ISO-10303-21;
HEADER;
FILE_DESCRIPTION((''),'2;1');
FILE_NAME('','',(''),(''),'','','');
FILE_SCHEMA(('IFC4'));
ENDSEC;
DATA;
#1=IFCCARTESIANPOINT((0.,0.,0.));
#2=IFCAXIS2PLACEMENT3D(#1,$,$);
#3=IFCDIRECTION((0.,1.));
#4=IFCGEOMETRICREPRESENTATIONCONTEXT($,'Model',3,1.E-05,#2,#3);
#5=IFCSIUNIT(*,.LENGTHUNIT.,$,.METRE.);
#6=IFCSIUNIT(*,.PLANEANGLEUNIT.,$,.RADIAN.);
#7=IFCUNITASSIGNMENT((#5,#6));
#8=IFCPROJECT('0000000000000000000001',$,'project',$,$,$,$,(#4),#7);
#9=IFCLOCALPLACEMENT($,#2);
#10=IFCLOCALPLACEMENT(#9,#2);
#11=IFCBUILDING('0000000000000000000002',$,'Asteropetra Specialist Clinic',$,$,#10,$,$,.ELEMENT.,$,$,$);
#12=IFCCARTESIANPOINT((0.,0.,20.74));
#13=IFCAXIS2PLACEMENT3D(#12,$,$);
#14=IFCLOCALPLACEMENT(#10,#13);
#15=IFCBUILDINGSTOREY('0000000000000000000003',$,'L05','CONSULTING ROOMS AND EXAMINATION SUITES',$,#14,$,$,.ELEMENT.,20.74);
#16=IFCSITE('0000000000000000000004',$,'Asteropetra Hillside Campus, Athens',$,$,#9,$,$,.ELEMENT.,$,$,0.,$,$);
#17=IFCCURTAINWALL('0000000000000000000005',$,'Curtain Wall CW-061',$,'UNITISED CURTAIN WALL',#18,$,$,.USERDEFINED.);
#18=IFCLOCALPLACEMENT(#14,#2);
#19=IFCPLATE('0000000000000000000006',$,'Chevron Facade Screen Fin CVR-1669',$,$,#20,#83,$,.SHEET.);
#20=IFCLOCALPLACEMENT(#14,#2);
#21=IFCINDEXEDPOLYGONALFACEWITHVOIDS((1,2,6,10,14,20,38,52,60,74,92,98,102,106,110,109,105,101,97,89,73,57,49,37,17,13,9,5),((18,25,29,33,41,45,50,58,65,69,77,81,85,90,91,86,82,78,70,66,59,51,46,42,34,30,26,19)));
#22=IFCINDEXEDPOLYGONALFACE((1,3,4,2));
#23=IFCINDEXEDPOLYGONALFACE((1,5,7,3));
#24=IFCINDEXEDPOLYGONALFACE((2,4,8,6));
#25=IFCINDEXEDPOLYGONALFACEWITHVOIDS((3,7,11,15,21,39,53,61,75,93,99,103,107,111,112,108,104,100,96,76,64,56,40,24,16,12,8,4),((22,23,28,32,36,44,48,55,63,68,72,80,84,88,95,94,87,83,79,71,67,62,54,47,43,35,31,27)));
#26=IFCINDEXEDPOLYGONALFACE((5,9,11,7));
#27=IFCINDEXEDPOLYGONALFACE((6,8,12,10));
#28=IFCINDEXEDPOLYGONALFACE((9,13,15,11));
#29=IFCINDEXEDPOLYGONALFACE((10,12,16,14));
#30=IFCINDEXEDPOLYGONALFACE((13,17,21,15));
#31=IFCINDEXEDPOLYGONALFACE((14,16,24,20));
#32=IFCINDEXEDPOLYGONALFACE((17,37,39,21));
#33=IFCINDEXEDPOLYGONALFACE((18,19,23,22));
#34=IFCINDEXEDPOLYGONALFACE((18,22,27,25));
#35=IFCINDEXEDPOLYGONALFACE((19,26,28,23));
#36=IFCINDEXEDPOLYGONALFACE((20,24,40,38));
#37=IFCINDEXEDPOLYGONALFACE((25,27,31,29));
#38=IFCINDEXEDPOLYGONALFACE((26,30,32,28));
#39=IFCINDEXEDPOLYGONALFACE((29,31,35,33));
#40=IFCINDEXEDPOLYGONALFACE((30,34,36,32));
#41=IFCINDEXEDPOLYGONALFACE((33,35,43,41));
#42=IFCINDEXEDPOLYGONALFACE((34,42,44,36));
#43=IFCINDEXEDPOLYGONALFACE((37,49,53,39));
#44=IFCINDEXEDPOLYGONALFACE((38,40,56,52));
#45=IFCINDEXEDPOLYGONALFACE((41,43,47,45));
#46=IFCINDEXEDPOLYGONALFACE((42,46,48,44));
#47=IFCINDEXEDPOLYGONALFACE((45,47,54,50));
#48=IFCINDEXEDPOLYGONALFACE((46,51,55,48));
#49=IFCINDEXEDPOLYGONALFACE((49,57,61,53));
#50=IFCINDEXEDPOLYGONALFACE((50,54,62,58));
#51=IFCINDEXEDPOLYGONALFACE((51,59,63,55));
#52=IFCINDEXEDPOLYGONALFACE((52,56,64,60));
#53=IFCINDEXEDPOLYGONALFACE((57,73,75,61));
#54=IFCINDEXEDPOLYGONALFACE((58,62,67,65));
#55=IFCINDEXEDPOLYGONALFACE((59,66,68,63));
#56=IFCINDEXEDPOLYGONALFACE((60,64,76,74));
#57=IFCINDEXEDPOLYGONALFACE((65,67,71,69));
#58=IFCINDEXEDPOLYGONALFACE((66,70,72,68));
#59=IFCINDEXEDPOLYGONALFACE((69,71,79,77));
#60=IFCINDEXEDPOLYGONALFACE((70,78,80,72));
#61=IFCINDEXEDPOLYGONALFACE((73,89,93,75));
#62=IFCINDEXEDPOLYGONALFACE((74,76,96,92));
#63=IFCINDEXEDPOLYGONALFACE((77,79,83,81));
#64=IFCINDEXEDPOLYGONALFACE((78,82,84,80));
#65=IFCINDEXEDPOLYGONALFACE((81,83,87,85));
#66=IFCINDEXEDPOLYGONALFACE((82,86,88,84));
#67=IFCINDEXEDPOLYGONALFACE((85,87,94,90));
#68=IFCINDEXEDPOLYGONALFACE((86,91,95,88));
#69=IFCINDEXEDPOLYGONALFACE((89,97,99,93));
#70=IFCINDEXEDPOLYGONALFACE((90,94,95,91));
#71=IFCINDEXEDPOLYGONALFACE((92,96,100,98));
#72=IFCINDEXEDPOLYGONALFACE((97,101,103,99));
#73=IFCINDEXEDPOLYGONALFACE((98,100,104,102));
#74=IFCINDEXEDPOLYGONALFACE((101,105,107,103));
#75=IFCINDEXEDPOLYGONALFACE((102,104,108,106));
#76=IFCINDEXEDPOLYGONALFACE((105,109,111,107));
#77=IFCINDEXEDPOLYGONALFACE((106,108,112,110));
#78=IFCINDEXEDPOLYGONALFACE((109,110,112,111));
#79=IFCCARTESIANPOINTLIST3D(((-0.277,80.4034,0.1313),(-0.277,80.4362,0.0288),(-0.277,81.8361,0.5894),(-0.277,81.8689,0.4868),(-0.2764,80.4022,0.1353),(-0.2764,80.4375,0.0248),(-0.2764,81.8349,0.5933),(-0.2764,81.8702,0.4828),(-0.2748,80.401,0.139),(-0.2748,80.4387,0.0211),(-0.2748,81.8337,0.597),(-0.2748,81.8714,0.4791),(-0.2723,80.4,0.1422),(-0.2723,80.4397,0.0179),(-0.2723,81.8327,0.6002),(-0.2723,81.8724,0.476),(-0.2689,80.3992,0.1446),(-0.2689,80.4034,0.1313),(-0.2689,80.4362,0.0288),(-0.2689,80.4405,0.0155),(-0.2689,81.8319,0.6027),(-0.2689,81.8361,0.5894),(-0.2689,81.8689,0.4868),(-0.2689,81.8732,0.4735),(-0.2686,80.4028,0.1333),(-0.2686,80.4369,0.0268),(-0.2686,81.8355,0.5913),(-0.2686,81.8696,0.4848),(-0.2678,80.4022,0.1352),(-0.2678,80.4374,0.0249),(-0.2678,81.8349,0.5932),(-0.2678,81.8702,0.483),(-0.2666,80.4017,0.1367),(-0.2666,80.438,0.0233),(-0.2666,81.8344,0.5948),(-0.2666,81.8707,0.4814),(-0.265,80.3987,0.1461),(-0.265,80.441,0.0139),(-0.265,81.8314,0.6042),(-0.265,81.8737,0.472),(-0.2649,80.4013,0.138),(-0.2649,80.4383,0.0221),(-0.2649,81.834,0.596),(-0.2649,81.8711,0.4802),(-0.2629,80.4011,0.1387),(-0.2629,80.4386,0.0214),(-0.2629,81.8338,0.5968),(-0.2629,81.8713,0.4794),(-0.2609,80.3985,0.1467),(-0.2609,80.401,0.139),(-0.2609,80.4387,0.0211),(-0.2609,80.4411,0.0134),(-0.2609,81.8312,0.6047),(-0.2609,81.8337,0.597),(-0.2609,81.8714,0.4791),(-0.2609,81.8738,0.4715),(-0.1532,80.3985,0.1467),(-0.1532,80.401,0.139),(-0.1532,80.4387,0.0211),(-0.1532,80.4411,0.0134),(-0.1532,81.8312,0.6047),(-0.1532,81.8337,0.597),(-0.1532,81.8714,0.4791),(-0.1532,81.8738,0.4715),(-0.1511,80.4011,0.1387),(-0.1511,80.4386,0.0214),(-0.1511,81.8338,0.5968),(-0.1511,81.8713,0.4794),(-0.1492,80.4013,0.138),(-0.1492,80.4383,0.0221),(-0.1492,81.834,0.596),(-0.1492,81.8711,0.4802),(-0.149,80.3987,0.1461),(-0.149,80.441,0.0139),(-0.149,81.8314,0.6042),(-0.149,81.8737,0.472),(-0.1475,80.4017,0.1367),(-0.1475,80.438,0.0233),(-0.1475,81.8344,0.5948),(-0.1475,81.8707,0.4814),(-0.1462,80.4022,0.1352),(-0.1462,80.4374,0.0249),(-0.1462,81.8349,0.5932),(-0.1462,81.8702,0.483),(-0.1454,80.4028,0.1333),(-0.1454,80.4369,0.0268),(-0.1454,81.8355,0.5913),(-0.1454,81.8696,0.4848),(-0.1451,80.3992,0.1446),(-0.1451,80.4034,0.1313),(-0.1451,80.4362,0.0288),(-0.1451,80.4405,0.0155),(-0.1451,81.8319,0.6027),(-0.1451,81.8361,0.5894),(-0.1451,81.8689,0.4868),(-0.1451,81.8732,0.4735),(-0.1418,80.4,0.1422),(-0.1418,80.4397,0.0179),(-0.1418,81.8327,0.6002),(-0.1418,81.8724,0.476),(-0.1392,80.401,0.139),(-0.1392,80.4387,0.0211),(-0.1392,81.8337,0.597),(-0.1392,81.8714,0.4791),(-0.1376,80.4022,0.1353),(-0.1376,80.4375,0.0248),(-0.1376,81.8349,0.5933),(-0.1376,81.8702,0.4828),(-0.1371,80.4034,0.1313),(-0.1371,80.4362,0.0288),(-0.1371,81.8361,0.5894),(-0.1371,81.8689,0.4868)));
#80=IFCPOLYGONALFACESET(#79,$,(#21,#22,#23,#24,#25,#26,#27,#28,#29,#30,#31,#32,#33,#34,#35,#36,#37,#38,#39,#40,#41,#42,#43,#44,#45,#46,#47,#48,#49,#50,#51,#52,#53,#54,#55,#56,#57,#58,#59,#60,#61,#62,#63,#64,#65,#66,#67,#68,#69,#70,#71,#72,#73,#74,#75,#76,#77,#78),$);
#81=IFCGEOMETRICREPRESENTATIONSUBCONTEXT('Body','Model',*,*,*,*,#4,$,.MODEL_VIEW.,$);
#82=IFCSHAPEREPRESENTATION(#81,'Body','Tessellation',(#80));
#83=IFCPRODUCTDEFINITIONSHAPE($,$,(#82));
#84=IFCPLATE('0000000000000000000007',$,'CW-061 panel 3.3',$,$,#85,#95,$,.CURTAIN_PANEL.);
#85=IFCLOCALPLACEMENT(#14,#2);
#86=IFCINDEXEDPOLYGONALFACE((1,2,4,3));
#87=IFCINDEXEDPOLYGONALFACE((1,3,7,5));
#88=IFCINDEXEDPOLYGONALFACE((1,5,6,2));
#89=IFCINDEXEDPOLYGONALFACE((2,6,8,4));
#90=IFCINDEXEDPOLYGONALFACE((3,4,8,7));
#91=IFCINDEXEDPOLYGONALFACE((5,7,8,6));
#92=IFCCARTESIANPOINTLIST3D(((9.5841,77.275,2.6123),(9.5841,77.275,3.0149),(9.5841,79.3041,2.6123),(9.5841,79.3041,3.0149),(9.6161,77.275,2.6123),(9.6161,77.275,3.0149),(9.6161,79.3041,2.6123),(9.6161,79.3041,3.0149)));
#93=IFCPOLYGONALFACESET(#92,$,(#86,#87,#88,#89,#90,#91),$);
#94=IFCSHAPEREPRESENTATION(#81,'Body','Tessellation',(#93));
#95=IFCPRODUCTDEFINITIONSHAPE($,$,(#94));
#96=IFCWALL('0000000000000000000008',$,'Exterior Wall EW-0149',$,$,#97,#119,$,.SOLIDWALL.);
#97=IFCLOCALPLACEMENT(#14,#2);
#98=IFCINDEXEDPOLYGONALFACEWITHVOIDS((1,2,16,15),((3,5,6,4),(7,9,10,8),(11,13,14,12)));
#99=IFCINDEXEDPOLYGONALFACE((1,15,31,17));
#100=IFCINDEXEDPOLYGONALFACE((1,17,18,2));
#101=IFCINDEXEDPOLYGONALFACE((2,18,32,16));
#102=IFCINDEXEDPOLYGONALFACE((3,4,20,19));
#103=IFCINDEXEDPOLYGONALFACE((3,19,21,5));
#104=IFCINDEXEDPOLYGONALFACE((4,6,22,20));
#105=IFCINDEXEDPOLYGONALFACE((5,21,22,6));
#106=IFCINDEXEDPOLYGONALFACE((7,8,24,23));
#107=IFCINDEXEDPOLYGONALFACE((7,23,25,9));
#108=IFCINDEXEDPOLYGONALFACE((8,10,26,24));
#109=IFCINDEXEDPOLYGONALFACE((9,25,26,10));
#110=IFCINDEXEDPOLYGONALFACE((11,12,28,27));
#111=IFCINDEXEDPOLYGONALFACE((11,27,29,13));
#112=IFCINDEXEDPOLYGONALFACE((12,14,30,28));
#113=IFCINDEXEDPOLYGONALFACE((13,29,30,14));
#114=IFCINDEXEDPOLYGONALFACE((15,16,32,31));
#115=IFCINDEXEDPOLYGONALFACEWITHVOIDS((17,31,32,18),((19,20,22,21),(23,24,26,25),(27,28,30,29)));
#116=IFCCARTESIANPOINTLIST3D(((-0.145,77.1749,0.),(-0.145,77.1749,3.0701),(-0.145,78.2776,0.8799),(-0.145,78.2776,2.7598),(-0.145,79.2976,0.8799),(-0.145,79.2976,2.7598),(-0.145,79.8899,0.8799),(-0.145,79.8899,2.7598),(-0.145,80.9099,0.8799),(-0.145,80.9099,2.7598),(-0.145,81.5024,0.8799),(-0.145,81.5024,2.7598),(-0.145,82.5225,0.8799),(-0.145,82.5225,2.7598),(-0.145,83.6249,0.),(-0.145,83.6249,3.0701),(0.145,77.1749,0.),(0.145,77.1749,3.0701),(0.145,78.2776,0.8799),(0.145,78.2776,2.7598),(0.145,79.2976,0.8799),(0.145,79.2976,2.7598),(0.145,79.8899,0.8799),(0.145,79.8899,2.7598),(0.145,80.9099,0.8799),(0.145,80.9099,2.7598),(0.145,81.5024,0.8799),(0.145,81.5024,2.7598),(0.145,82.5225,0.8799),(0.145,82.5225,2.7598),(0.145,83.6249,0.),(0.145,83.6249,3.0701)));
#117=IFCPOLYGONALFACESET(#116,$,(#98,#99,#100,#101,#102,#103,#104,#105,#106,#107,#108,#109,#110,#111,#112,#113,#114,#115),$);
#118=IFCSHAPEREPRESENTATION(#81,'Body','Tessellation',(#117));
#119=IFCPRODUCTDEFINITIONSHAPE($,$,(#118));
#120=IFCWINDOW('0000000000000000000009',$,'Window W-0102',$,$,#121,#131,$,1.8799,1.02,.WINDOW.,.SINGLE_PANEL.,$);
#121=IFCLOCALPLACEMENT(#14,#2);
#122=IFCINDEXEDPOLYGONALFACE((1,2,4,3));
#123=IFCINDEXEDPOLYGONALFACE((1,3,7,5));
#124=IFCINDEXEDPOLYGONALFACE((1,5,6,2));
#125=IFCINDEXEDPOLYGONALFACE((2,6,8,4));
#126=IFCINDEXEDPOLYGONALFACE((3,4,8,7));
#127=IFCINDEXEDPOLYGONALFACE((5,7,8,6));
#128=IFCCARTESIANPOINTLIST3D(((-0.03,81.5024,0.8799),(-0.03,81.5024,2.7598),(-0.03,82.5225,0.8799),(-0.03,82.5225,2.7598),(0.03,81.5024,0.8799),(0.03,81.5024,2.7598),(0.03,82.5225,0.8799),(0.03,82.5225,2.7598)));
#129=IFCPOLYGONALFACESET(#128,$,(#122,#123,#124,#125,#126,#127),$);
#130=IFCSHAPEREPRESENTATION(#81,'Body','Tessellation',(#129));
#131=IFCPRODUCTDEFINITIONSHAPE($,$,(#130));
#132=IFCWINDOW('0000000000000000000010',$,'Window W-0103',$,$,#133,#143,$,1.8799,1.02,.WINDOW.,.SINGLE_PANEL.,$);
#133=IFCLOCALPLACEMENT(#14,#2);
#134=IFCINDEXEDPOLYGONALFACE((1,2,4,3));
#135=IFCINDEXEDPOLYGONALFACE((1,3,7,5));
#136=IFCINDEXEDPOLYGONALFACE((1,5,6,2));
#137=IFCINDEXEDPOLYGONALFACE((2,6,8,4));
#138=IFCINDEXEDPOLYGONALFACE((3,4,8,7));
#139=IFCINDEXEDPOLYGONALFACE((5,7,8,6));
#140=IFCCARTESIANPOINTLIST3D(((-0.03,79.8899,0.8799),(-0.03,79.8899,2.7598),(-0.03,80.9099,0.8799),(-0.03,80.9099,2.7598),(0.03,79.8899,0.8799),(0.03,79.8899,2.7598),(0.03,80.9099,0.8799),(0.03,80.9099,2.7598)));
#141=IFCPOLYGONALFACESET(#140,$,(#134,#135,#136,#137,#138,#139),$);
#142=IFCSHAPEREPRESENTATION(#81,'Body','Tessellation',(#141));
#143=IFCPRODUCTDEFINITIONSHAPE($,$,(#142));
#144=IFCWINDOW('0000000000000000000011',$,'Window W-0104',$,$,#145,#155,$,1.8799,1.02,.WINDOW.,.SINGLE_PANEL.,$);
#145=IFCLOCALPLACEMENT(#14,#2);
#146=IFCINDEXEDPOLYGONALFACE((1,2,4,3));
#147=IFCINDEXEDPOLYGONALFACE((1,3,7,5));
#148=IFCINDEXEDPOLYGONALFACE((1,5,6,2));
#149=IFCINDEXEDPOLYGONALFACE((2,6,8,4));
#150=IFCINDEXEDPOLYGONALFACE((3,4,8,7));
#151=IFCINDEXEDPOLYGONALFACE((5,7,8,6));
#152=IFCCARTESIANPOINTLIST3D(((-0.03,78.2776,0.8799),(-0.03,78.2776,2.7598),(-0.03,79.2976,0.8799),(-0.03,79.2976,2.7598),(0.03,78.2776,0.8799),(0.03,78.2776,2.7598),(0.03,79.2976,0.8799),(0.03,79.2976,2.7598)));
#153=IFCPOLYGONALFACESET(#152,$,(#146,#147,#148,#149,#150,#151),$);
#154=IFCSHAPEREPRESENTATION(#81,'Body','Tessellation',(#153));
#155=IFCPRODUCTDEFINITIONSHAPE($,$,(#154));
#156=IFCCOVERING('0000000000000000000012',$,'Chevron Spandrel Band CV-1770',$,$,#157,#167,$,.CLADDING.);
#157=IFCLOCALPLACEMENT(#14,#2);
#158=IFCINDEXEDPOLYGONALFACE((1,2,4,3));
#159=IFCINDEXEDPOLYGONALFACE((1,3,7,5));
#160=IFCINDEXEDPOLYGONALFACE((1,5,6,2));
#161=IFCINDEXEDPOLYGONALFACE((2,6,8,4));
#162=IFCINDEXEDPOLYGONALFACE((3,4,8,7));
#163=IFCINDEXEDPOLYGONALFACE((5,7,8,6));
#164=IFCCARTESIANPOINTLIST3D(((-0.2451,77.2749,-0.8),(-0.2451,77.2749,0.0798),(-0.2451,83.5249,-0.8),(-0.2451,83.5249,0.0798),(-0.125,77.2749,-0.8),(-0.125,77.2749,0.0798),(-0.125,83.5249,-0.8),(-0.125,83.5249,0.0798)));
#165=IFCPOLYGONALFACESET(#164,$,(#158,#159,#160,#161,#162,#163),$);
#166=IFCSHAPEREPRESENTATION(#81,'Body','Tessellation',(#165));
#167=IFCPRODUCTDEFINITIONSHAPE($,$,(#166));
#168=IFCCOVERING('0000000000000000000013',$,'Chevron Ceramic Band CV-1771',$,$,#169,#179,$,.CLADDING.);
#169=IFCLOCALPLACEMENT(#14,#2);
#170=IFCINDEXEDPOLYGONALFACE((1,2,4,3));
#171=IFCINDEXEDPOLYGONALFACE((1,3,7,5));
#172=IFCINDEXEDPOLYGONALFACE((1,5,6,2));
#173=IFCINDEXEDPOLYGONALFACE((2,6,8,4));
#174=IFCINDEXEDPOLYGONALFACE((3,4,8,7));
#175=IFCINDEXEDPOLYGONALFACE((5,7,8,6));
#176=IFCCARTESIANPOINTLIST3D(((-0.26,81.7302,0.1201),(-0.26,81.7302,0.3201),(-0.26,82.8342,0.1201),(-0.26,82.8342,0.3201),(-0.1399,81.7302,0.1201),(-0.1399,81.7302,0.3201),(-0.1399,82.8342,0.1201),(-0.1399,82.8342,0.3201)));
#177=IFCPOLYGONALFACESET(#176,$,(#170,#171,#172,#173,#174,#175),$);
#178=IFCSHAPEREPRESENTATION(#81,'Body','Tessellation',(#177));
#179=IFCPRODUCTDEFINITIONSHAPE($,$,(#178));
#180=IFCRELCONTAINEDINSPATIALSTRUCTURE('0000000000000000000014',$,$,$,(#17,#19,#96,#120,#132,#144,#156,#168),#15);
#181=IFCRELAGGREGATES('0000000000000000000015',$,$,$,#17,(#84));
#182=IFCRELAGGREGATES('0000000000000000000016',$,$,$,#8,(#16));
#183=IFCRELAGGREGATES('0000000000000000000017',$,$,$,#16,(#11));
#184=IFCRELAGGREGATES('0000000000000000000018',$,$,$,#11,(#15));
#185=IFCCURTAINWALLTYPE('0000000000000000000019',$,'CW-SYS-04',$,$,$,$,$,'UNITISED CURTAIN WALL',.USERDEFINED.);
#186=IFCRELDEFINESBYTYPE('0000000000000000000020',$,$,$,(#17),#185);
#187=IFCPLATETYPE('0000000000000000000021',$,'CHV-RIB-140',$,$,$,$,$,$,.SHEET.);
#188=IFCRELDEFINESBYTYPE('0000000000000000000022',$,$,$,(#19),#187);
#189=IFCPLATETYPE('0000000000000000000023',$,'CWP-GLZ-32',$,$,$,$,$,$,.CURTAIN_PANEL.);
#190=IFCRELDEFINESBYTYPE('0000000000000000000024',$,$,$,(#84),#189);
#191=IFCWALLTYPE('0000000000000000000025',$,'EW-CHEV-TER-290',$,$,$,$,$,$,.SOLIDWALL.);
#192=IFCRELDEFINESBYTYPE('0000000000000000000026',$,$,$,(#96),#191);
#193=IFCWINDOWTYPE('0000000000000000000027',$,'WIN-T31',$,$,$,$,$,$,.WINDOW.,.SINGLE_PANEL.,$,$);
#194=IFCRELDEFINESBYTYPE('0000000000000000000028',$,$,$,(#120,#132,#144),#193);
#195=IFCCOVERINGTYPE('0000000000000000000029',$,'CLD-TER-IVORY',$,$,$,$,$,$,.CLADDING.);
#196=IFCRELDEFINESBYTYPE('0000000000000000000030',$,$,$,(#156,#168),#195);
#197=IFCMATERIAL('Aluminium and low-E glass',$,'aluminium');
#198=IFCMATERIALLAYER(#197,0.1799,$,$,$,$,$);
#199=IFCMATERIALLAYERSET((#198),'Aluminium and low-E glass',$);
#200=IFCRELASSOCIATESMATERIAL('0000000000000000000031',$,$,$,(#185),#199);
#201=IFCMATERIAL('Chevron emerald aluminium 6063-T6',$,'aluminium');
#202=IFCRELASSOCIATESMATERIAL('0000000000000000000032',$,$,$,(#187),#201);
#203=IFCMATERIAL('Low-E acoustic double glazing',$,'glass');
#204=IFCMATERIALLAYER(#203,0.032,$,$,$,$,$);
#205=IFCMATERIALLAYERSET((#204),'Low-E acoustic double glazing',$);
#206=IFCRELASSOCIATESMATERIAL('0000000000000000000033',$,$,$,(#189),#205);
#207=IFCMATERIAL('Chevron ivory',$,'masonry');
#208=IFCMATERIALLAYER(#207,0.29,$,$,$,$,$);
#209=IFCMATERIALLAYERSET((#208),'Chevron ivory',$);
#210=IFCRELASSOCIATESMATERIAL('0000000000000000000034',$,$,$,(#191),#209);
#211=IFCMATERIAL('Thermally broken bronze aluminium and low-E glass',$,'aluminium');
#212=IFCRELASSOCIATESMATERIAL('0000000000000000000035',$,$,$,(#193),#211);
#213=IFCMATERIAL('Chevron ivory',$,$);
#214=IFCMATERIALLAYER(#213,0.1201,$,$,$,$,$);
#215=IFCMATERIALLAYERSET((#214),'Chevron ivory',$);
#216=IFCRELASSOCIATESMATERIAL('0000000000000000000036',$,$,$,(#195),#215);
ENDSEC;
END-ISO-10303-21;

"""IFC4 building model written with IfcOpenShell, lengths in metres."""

from ifc_helpers import new_model, si_unit, direction, frame, frame_2d, origin, origin_2d, place, context, subcontext, project, spatial, rectangle, hollow_rectangle, extrude, material, layer, layer_set, material_profile, profile_set, type_object, element, fill, aggregate, save


model = new_model("IFC4")

# Units and contexts
model_context = context("Model", 3, precision=1e-05, world=origin(), true_north=direction((0.0, 1.0)))
body_context = subcontext(model_context, "Body", "Model", "MODEL_VIEW")
ifc_project = project(units=[si_unit("LENGTHUNIT", "METRE"), si_unit("PLANEANGLEUNIT", "RADIAN")], contexts=[model_context])

# Site, building, storey
site_placement = place(None, origin())
site = spatial("IfcSite", under=ifc_project, at=site_placement, Name="Asteropetra Hillside Campus, Athens", CompositionType="ELEMENT", RefElevation=0.0)
building_placement = place(site_placement, origin())
building = spatial("IfcBuilding", under=site, at=building_placement, Name="Asteropetra Specialist Clinic", CompositionType="ELEMENT")
storey_placement = place(building_placement, frame((0.0, 0.0, 20.74)))
storey = spatial("IfcBuildingStorey", under=building, at=storey_placement, Name="L05", Description="CONSULTING ROOMS AND EXAMINATION SUITES", CompositionType="ELEMENT", Elevation=20.74)

# Curtain wall
ifc_material_1 = material(Name="Aluminium and low-E glass", Category="aluminium")
ifc_layer_1 = layer(ifc_material_1, 0.1799)
ifc_layer_set_1 = layer_set([ifc_layer_1], Name="Aluminium and low-E glass")
curtain_wall_type = type_object("IfcCurtainWallType", Name="CW-SYS-04", ElementType="UNITISED CURTAIN WALL", PredefinedType="USERDEFINED", material=ifc_layer_set_1)
curtain_wall_placement = place(storey_placement, origin())
curtain_wall = element("IfcCurtainWall", 1, at=curtain_wall_placement, inside=storey, type_object=curtain_wall_type, Name="Curtain Wall CW-061", ObjectType="UNITISED CURTAIN WALL", PredefinedType="USERDEFINED")

# Plate
ifc_material_2 = material(Name="Chevron emerald aluminium 6063-T6", Category="aluminium")
ifc_material_profile_1 = material_profile(ifc_material_2, hollow_rectangle(XDim=0.1399, YDim=0.1399, WallThickness=0.0081, InnerFilletRadius=0.0081, OuterFilletRadius=0.0161, at=origin_2d()), Name="SHS 140x140x8.0")
ifc_profile_set_1 = profile_set([ifc_material_profile_1], Name="Chevron emerald aluminium 6063-T6")
plate_type_1 = type_object("IfcPlateType", Name="CHV-RIB-140", PredefinedType="SHEET", material=ifc_profile_set_1)
plate_1_placement = place(storey_placement, frame((-0.207, 81.8525, 0.5381), z_axis=(0.0, -0.952507, -0.304517), x_axis=(1.0, 0.0, 0.0)))
element("IfcPlate", 2, at=plate_1_placement, inside=storey, type_object=plate_type_1, Name="Chevron Facade Screen Fin CVR-1669", PredefinedType="SHEET", context=body_context, shape_type="SweptSolid", body=[
    extrude(hollow_rectangle(XDim=0.1399, YDim=0.1399, WallThickness=0.0081, InnerFilletRadius=0.0081, OuterFilletRadius=0.0161, at=origin_2d()), origin(), (0.0, 0.0, 1.0), 1.5042),
])

# Plate
ifc_material_3 = material(Name="Low-E acoustic double glazing", Category="glass")
ifc_layer_2 = layer(ifc_material_3, 0.032)
ifc_layer_set_2 = layer_set([ifc_layer_2], Name="Low-E acoustic double glazing")
plate_type_2 = type_object("IfcPlateType", Name="CWP-GLZ-32", PredefinedType="CURTAIN_PANEL", material=ifc_layer_set_2)
plate_2_placement = place(storey_placement, frame((9.6001, 78.2896, 2.6123), z_axis=(0.0, 0.0, 1.0), x_axis=(0.0, -1.0, 0.0)))
plate_2 = element("IfcPlate", 3, at=plate_2_placement, type_object=plate_type_2, Name="CW-061 panel 3.3", PredefinedType="CURTAIN_PANEL", context=body_context, shape_type="SweptSolid", body=[
    extrude(rectangle(XDim=2.0291, YDim=0.032, at=origin_2d()), origin(), (0.0, 0.0, 1.0), 0.4026),
])
aggregate(curtain_wall, [plate_2])

# Wall, openings, windows
ifc_material_4 = material(Name="Chevron ivory", Category="masonry")
ifc_layer_3 = layer(ifc_material_4, 0.29)
ifc_layer_set_3 = layer_set([ifc_layer_3], Name="Chevron ivory")
wall_type = type_object("IfcWallType", Name="EW-CHEV-TER-290", PredefinedType="SOLIDWALL", material=ifc_layer_set_3)
wall_placement = place(storey_placement, frame((0.0, 83.625, 0.0), z_axis=(0.0, 0.0, 1.0), x_axis=(0.0, -1.0, 0.0)))
wall = element("IfcWall", 4, at=wall_placement, inside=storey, type_object=wall_type, Name="Exterior Wall EW-0149", PredefinedType="SOLIDWALL", context=body_context, shape_type="SweptSolid", body=[
    extrude(rectangle(XDim=6.45, YDim=0.29, at=frame_2d((3.2251, 0.0))), origin(), (0.0, 0.0, 1.0), 3.0701),
])
opening_1_placement = place(wall_placement, frame((1.1025, 0.0, 0.8799)))
opening_1 = element("IfcOpeningElement", 5, at=opening_1_placement, cuts=wall, PredefinedType="OPENING", context=body_context, shape_type="SweptSolid", body=[
    extrude(rectangle(XDim=1.02, YDim=1.8799, at=frame_2d((0.51, 0.9399))), frame((0.0, 0.155, 0.0), z_axis=(0.0, -1.0, 0.0), x_axis=(1.0, 0.0, 0.0)), (0.0, 0.0, 1.0), 0.3101),
])
opening_2_placement = place(wall_placement, frame((2.7151, 0.0, 0.8799)))
opening_2 = element("IfcOpeningElement", 6, at=opening_2_placement, cuts=wall, PredefinedType="OPENING", context=body_context, shape_type="SweptSolid", body=[
    extrude(rectangle(XDim=1.02, YDim=1.8799, at=frame_2d((0.51, 0.9399))), frame((0.0, 0.155, 0.0), z_axis=(0.0, -1.0, 0.0), x_axis=(1.0, 0.0, 0.0)), (0.0, 0.0, 1.0), 0.3101),
])
opening_3_placement = place(wall_placement, frame((4.3274, 0.0, 0.8799)))
opening_3 = element("IfcOpeningElement", 7, at=opening_3_placement, cuts=wall, PredefinedType="OPENING", context=body_context, shape_type="SweptSolid", body=[
    extrude(rectangle(XDim=1.02, YDim=1.8799, at=frame_2d((0.51, 0.9399))), frame((0.0, 0.155, 0.0), z_axis=(0.0, -1.0, 0.0), x_axis=(1.0, 0.0, 0.0)), (0.0, 0.0, 1.0), 0.3101),
])
ifc_material_5 = material(Name="Thermally broken bronze aluminium and low-E glass", Category="aluminium")
window_type = type_object("IfcWindowType", Name="WIN-T31", PartitioningType="SINGLE_PANEL", PredefinedType="WINDOW", material=ifc_material_5)
window_1_placement = place(opening_1_placement, origin())
window_1 = element("IfcWindow", 8, at=window_1_placement, inside=storey, type_object=window_type, Name="Window W-0102", OverallHeight=1.8799, OverallWidth=1.02, PartitioningType="SINGLE_PANEL", PredefinedType="WINDOW", context=body_context, shape_type="SweptSolid", body=[
    extrude(rectangle(XDim=1.02, YDim=1.8799, at=frame_2d((0.51, 0.9399))), frame((0.0, 0.03, 0.0), z_axis=(0.0, -1.0, 0.0), x_axis=(1.0, 0.0, 0.0)), (0.0, 0.0, 1.0), 0.0601),
])
fill(opening_1, window_1)
window_2_placement = place(opening_2_placement, origin())
window_2 = element("IfcWindow", 9, at=window_2_placement, inside=storey, type_object=window_type, Name="Window W-0103", OverallHeight=1.8799, OverallWidth=1.02, PartitioningType="SINGLE_PANEL", PredefinedType="WINDOW", context=body_context, shape_type="SweptSolid", body=[
    extrude(rectangle(XDim=1.02, YDim=1.8799, at=frame_2d((0.51, 0.9399))), frame((0.0, 0.03, 0.0), z_axis=(0.0, -1.0, 0.0), x_axis=(1.0, 0.0, 0.0)), (0.0, 0.0, 1.0), 0.0601),
])
fill(opening_2, window_2)
window_3_placement = place(opening_3_placement, origin())
window_3 = element("IfcWindow", 10, at=window_3_placement, inside=storey, type_object=window_type, Name="Window W-0104", OverallHeight=1.8799, OverallWidth=1.02, PartitioningType="SINGLE_PANEL", PredefinedType="WINDOW", context=body_context, shape_type="SweptSolid", body=[
    extrude(rectangle(XDim=1.02, YDim=1.8799, at=frame_2d((0.51, 0.9399))), frame((0.0, 0.03, 0.0), z_axis=(0.0, -1.0, 0.0), x_axis=(1.0, 0.0, 0.0)), (0.0, 0.0, 1.0), 0.0601),
])
fill(opening_3, window_3)

# Coverings
ifc_material_6 = material(Name="Chevron ivory")
ifc_layer_4 = layer(ifc_material_6, 0.1201)
ifc_layer_set_4 = layer_set([ifc_layer_4], Name="Chevron ivory")
covering_type_1 = type_object("IfcCoveringType", Name="CLD-TER-IVORY", PredefinedType="CLADDING", material=ifc_layer_set_4)
covering_1_placement = place(storey_placement, frame((-0.1851, 80.3999, -0.8), z_axis=(0.0, 0.0, 1.0), x_axis=(1.0, 0.0, 0.0)))
element("IfcCovering", 11, at=covering_1_placement, inside=storey, type_object=covering_type_1, Name="Chevron Spandrel Band CV-1770", PredefinedType="CLADDING", context=body_context, shape_type="SweptSolid", body=[
    extrude(rectangle(XDim=0.1201, YDim=6.25, at=origin_2d()), origin(), (0.0, 0.0, 1.0), 0.8799),
])
for number, where, z_axis, x_axis, name in (
    (12, (-0.2, 82.2822, 0.1201), (0.0, 0.0, 1.0), (1.0, 0.0, 0.0), "Chevron Ceramic Band CV-1771"),
):
    element("IfcCovering", number, at=place(storey_placement, frame(where, z_axis=z_axis, x_axis=x_axis)), inside=storey, type_object=covering_type_1, Name=name, PredefinedType="CLADDING", context=body_context, shape_type="SweptSolid", body=[
        extrude(rectangle(XDim=0.1201, YDim=1.104, at=origin_2d()), origin(), (0.0, 0.0, 1.0), 0.2),
    ])

save(model, "model.ifc")
